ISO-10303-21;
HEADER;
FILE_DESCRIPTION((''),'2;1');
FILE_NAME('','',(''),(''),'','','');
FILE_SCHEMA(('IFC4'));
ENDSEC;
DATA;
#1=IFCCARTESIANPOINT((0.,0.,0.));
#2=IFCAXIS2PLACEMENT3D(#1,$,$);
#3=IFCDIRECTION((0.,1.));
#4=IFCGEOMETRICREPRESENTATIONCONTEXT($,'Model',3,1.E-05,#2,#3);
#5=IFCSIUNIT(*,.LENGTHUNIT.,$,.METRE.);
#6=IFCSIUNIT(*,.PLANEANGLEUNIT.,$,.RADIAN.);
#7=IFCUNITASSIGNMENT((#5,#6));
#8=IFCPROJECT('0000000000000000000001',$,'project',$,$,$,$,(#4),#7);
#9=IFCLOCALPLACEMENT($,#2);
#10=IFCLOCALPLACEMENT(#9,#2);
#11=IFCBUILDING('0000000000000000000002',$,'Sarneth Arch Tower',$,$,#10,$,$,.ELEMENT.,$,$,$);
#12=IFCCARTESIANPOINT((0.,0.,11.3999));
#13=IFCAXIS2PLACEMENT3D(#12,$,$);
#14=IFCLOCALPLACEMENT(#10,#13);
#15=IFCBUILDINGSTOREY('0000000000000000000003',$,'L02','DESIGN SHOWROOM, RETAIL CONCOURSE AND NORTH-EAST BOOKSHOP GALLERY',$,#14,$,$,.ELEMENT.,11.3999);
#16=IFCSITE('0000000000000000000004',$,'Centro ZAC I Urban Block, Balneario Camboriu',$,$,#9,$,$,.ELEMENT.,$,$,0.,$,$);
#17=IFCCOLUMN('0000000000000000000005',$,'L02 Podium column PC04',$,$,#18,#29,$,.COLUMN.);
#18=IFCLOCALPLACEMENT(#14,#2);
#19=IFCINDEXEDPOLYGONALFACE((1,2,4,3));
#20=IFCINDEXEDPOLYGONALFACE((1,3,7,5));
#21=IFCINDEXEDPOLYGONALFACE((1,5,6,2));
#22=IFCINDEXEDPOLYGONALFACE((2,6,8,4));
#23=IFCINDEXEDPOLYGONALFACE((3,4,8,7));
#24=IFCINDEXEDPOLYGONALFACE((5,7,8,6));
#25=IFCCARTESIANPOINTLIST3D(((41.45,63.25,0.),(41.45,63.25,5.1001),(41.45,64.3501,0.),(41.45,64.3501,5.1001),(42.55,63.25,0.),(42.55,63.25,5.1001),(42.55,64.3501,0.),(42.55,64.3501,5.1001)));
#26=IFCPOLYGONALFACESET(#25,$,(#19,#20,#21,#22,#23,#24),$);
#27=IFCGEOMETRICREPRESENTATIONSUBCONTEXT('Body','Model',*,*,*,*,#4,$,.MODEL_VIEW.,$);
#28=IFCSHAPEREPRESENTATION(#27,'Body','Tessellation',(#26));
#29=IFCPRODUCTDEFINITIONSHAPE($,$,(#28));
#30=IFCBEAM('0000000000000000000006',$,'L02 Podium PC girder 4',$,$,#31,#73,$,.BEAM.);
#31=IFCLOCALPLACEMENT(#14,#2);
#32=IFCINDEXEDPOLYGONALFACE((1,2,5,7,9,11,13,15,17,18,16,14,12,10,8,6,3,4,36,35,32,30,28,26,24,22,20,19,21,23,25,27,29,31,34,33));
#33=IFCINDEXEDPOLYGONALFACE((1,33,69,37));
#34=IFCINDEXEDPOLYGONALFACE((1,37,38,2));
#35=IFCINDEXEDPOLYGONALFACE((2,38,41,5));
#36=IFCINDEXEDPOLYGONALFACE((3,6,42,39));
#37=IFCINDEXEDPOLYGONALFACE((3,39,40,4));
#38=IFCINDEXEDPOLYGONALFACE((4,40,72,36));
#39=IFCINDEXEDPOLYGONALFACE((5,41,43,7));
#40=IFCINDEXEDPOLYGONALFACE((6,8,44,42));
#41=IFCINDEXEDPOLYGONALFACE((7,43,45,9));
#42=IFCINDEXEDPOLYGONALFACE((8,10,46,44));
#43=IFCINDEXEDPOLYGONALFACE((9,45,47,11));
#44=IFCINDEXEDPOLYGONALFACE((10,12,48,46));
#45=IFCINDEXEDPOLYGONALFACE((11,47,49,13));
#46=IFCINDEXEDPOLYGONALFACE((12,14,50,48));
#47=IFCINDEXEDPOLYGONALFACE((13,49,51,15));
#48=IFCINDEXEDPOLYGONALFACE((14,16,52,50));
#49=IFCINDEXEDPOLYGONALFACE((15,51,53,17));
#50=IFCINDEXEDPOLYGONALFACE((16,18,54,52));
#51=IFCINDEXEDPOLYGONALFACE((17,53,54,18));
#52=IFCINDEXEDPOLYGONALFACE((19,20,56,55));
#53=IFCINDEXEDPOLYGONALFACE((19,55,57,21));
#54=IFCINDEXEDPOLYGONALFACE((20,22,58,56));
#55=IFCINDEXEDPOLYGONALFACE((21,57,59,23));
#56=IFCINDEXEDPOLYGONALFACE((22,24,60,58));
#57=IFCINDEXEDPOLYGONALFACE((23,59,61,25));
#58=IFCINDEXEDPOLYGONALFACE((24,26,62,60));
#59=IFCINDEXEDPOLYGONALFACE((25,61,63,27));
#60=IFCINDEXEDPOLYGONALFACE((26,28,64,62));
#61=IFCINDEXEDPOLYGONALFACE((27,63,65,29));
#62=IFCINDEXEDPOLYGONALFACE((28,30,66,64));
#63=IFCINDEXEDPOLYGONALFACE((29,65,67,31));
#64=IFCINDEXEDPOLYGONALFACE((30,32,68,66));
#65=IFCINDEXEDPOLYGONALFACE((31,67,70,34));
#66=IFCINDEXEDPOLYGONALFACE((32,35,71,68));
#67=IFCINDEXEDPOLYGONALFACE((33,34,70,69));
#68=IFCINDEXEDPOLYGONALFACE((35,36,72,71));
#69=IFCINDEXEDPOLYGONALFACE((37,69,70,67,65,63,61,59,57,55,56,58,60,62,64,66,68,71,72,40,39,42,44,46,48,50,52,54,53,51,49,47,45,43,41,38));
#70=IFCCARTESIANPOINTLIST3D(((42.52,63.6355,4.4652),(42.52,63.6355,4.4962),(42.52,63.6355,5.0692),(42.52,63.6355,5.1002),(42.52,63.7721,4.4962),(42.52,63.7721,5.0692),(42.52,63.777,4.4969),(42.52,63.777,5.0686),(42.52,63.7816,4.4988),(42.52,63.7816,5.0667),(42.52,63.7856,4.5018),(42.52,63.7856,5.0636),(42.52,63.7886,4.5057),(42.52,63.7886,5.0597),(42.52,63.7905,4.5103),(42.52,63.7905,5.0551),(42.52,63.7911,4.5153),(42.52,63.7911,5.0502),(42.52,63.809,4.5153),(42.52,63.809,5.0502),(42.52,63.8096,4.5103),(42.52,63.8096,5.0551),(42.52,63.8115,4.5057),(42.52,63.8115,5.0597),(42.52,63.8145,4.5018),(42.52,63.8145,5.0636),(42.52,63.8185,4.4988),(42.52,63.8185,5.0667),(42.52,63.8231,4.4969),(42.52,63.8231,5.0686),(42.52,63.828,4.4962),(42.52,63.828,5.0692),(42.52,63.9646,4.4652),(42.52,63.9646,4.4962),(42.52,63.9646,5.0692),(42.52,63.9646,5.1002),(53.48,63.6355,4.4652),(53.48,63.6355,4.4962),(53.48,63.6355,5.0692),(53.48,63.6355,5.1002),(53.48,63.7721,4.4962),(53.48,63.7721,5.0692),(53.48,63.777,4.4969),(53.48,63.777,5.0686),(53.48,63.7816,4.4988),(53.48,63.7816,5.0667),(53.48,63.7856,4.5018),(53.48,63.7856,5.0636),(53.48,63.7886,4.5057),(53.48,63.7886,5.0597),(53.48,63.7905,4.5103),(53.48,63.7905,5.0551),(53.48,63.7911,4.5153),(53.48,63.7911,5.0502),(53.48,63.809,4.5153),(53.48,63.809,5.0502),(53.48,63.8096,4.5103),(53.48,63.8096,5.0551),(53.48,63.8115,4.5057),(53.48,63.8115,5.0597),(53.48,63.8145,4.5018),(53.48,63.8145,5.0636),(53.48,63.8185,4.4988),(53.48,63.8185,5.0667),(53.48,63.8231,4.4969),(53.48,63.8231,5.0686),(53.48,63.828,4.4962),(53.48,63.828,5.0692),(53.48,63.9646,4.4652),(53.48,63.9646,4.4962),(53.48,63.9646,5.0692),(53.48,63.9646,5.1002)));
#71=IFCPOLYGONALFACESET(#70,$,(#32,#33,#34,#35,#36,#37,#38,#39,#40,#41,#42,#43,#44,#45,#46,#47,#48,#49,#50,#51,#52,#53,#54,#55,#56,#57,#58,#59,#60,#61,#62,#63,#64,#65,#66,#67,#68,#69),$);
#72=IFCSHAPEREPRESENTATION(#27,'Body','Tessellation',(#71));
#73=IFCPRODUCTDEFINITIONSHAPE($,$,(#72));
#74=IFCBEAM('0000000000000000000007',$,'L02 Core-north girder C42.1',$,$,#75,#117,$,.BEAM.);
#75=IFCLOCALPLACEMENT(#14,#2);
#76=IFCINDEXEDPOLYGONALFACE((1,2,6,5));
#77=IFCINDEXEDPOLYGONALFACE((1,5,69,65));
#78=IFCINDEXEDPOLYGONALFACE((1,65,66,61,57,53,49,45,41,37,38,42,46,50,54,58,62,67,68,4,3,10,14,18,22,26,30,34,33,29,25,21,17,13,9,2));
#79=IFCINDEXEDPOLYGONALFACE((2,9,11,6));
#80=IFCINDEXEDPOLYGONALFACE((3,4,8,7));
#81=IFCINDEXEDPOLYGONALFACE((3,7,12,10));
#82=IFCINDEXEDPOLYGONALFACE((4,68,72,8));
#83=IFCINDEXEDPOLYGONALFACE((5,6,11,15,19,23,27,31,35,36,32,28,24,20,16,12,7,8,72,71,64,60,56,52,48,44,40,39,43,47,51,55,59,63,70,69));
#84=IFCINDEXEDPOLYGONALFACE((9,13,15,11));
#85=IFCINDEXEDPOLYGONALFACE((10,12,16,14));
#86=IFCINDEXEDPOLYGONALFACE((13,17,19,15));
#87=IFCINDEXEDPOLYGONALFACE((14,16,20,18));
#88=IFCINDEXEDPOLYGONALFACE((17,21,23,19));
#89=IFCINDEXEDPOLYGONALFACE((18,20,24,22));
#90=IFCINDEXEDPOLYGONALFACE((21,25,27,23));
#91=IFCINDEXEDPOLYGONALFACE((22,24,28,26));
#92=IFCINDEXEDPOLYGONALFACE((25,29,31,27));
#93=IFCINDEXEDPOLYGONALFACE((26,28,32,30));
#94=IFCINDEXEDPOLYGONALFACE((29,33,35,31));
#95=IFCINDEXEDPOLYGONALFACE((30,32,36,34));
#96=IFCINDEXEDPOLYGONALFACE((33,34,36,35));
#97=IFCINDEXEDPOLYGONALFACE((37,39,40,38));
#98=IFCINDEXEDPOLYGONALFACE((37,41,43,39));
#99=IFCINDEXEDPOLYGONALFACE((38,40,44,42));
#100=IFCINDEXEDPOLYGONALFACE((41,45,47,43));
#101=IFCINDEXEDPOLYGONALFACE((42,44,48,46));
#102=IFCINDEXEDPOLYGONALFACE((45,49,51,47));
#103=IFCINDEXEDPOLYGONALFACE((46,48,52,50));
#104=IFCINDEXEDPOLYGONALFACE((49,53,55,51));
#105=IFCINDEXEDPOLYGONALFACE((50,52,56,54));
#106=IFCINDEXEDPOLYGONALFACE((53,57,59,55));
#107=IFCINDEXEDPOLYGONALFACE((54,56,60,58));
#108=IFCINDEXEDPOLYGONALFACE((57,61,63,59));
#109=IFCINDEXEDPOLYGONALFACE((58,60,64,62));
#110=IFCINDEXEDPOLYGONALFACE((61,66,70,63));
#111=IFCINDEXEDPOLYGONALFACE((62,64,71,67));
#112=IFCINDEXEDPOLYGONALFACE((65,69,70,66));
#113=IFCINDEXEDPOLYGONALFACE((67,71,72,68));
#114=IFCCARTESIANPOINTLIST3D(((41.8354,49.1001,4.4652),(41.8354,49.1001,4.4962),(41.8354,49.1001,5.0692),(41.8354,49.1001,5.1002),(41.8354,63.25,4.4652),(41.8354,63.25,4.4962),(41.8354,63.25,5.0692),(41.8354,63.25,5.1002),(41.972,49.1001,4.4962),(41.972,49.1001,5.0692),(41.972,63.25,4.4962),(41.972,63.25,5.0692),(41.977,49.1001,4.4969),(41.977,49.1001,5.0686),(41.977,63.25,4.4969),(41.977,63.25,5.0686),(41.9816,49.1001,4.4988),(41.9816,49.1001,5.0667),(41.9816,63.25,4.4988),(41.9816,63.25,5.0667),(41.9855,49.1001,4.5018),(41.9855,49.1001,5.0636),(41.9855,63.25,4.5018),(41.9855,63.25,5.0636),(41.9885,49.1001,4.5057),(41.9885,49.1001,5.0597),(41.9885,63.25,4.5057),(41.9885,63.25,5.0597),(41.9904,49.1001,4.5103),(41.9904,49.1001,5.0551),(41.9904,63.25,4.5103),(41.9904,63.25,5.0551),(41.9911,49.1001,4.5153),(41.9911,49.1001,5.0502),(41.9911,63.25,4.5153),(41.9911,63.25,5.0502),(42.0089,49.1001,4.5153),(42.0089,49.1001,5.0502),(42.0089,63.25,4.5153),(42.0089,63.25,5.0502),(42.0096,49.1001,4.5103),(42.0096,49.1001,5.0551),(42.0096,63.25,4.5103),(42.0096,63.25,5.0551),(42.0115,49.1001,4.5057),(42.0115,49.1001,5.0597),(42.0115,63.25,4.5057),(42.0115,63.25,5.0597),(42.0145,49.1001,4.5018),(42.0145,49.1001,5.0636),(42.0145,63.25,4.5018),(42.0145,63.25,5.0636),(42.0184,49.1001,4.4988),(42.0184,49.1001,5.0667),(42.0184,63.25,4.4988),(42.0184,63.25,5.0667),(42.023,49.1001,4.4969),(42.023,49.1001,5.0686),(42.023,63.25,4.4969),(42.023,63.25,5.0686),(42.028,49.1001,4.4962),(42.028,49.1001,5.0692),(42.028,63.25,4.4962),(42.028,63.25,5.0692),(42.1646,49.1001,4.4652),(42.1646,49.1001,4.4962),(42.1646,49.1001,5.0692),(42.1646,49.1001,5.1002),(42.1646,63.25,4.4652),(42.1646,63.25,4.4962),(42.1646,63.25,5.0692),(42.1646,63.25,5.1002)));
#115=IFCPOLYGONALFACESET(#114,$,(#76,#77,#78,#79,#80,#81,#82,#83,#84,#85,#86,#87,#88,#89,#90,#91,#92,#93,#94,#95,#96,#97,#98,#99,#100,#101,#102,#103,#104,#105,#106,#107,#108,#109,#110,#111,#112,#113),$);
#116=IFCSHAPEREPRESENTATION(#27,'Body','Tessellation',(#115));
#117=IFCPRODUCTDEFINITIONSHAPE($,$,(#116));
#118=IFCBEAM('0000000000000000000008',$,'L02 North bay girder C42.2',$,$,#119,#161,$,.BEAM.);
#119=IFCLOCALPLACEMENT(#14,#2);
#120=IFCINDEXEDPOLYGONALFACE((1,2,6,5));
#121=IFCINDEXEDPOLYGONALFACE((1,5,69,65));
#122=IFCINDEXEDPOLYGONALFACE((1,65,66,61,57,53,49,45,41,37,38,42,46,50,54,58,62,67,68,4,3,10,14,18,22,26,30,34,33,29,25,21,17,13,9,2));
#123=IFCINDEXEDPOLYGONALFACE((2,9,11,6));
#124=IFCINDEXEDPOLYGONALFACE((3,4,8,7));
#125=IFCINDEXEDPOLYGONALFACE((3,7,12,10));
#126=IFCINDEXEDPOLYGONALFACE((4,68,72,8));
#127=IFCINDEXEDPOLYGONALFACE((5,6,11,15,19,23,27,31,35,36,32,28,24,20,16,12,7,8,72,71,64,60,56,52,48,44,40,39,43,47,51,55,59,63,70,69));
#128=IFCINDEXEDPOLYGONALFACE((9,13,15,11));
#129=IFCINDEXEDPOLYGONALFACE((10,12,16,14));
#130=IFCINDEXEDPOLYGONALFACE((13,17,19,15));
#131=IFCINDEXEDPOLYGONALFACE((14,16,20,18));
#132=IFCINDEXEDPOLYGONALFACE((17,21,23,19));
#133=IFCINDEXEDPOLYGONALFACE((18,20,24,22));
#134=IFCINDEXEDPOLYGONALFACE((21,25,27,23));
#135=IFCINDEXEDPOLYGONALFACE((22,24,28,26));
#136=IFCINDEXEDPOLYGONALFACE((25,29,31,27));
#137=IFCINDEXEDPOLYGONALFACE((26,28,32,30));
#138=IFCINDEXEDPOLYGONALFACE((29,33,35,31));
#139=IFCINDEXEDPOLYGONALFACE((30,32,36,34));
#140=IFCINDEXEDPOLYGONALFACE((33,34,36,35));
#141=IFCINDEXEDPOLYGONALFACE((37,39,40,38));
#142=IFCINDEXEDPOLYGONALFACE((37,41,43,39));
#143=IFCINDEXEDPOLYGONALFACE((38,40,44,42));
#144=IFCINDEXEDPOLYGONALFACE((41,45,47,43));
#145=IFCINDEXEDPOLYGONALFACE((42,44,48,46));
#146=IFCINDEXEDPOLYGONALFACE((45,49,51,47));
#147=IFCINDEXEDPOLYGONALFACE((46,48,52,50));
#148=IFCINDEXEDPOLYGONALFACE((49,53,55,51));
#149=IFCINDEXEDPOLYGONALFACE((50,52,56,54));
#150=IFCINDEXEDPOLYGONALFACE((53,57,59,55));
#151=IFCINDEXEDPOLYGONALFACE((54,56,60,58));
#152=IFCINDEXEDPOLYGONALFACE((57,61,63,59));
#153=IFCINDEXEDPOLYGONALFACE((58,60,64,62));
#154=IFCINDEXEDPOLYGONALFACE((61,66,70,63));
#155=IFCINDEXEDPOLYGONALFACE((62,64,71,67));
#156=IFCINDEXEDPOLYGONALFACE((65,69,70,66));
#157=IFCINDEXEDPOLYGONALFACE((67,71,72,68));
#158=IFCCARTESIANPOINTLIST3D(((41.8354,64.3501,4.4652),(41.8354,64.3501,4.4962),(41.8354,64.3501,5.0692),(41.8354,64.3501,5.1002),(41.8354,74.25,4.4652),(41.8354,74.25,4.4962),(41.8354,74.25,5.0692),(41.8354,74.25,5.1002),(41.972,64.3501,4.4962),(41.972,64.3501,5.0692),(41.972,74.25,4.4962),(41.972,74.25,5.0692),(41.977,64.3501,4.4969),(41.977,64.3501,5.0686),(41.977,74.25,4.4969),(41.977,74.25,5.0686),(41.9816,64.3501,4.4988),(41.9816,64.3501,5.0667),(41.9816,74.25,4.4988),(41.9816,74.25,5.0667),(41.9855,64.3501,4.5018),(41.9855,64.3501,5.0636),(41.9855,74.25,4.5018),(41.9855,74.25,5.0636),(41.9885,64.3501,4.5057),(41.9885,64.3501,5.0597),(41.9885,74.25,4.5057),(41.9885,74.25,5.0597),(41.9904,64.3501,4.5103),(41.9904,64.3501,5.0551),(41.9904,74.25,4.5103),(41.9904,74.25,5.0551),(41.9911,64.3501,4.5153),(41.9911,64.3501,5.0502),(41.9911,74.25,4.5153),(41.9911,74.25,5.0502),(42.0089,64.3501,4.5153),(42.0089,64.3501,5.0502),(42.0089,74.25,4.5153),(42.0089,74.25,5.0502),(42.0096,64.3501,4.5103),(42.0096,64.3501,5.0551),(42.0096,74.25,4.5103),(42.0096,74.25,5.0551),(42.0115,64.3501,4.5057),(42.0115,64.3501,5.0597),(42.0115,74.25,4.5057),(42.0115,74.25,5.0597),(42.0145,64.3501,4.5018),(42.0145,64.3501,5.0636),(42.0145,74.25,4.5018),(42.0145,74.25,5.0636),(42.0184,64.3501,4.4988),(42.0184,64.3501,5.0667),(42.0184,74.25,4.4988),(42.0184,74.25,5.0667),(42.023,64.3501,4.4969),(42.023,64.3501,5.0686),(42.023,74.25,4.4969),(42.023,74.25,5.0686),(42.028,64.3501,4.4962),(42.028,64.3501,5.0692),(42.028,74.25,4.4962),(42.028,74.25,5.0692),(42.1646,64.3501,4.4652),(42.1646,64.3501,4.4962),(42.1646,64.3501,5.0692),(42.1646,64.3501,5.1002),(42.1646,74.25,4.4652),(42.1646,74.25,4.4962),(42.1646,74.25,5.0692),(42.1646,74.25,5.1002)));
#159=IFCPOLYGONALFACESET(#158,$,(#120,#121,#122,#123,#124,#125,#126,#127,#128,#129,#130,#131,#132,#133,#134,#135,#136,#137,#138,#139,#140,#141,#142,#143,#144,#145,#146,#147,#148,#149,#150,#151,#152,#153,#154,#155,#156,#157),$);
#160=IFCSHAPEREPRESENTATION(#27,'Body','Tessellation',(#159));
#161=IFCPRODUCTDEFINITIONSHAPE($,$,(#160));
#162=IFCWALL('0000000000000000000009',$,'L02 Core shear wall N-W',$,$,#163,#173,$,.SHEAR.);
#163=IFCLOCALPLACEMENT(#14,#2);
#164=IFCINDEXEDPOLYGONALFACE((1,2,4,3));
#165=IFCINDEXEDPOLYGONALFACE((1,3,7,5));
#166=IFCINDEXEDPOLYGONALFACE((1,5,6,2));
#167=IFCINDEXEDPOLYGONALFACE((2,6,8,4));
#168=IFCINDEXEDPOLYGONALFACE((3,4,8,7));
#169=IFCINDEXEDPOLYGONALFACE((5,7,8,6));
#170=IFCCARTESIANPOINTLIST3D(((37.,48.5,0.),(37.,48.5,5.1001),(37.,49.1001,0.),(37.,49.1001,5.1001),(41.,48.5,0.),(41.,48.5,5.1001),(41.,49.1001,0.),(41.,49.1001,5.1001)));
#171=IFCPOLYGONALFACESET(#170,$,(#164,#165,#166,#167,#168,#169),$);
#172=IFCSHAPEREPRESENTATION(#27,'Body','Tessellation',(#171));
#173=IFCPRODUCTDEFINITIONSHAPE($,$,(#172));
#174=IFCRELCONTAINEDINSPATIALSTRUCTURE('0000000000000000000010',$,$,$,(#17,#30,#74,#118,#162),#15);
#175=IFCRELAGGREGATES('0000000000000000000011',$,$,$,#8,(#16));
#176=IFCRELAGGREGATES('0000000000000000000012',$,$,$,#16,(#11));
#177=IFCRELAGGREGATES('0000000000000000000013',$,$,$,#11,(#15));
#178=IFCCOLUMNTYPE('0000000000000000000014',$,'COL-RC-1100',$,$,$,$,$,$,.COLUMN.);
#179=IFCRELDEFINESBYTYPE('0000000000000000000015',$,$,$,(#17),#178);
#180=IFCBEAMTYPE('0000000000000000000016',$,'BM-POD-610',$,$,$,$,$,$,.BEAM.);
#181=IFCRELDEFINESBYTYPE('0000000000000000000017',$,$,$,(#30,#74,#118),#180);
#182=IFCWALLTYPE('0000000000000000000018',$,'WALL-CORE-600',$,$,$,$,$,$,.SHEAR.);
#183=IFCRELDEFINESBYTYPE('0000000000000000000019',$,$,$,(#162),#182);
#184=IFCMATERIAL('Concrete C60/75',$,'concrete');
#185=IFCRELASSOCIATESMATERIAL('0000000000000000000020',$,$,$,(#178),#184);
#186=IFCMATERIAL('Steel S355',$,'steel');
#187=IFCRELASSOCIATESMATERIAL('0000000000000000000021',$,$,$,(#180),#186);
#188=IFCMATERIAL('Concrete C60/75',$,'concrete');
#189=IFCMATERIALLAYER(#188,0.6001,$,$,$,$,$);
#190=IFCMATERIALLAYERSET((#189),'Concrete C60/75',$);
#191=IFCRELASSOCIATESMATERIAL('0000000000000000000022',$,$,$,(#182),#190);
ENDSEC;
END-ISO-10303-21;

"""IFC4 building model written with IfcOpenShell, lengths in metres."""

from ifc_helpers import new_model, si_unit, direction, frame, frame_2d, origin, origin_2d, place, context, subcontext, project, spatial, rectangle, i_section, extrude, material, layer, layer_set, material_profile, profile_set, type_object, element, save


model = new_model("IFC4")

# Units and contexts
model_context = context("Model", 3, precision=1e-05, world=origin(), true_north=direction((0.0, 1.0)))
body_context = subcontext(model_context, "Body", "Model", "MODEL_VIEW")
ifc_project = project(units=[si_unit("LENGTHUNIT", "METRE"), si_unit("PLANEANGLEUNIT", "RADIAN")], contexts=[model_context])

# Site, building, storey
site_placement = place(None, origin())
site = spatial("IfcSite", under=ifc_project, at=site_placement, Name="Centro ZAC I Urban Block, Balneario Camboriu", CompositionType="ELEMENT", RefElevation=0.0)
building_placement = place(site_placement, origin())
building = spatial("IfcBuilding", under=site, at=building_placement, Name="Sarneth Arch Tower", CompositionType="ELEMENT")
storey_placement = place(building_placement, frame((0.0, 0.0, 11.3999)))
storey = spatial("IfcBuildingStorey", under=building, at=storey_placement, Name="L02", Description="DESIGN SHOWROOM, RETAIL CONCOURSE AND NORTH-EAST BOOKSHOP GALLERY", CompositionType="ELEMENT", Elevation=11.3999)

# Column
ifc_material_1 = material(Name="Concrete C60/75", Category="concrete")
ifc_material_profile_1 = material_profile(ifc_material_1, rectangle(XDim=1.1001, YDim=1.1001, at=origin_2d()), Name="RC-1100x1100")
ifc_profile_set_1 = profile_set([ifc_material_profile_1], Name="Concrete C60/75")
column_type = type_object("IfcColumnType", Name="COL-RC-1100", PredefinedType="COLUMN", material=ifc_profile_set_1)
column_placement = place(storey_placement, frame((42.0, 63.8, 0.0), z_axis=(0.0, 0.0, 1.0), x_axis=(1.0, 0.0, 0.0)))
element("IfcColumn", 1, at=column_placement, inside=storey, type_object=column_type, Name="L02 Podium column PC04", PredefinedType="COLUMN", context=body_context, shape_type="SweptSolid", body=[
    extrude(rectangle(XDim=1.1001, YDim=1.1001, at=origin_2d()), origin(), (0.0, 0.0, 1.0), 5.1001),
])

# Beams
ifc_material_2 = material(Name="Steel S355", Category="steel")
ifc_material_profile_2 = material_profile(ifc_material_2, i_section(OverallWidth=0.3291, OverallDepth=0.635, WebThickness=0.0178, FlangeThickness=0.031, FilletRadius=0.019, at=origin_2d()), Name="W610x241")
ifc_profile_set_2 = profile_set([ifc_material_profile_2], Name="Steel S355")
beam_type = type_object("IfcBeamType", Name="BM-POD-610", PredefinedType="BEAM", material=ifc_profile_set_2)
beam_1_placement = place(storey_placement, frame((42.52, 63.8, 4.7827), z_axis=(1.0, 0.0, 0.0), x_axis=(0.0, 1.0, 0.0)))
element("IfcBeam", 2, at=beam_1_placement, inside=storey, type_object=beam_type, Name="L02 Podium PC girder 4", PredefinedType="BEAM", context=body_context, shape_type="SweptSolid", body=[
    extrude(i_section(OverallWidth=0.3291, OverallDepth=0.635, WebThickness=0.0178, FlangeThickness=0.031, FilletRadius=0.019, at=origin_2d()), origin(), (0.0, 0.0, 1.0), 10.96),
])
beam_2_placement = place(storey_placement, frame((42.0, 49.1001, 4.7827), z_axis=(0.0, 1.0, 0.0), x_axis=(-1.0, 0.0, 0.0)))
element("IfcBeam", 3, at=beam_2_placement, inside=storey, type_object=beam_type, Name="L02 Core-north girder C42.1", PredefinedType="BEAM", context=body_context, shape_type="SweptSolid", body=[
    extrude(i_section(OverallWidth=0.3291, OverallDepth=0.635, WebThickness=0.0178, FlangeThickness=0.031, FilletRadius=0.019, at=origin_2d()), origin(), (0.0, 0.0, 1.0), 14.1499),
])
beam_3_placement = place(storey_placement, frame((42.0, 64.3501, 4.7827), z_axis=(0.0, 1.0, 0.0), x_axis=(-1.0, 0.0, 0.0)))
element("IfcBeam", 4, at=beam_3_placement, inside=storey, type_object=beam_type, Name="L02 North bay girder C42.2", PredefinedType="BEAM", context=body_context, shape_type="SweptSolid", body=[
    extrude(i_section(OverallWidth=0.3291, OverallDepth=0.635, WebThickness=0.0178, FlangeThickness=0.031, FilletRadius=0.019, at=origin_2d()), origin(), (0.0, 0.0, 1.0), 9.8999),
])

# Wall
ifc_material_3 = material(Name="Concrete C60/75", Category="concrete")
ifc_layer_1 = layer(ifc_material_3, 0.6001)
ifc_layer_set_1 = layer_set([ifc_layer_1], Name="Concrete C60/75")
wall_type_1 = type_object("IfcWallType", Name="WALL-CORE-600", PredefinedType="SHEAR", material=ifc_layer_set_1)
wall_1_placement = place(storey_placement, frame((37.0, 48.8, 0.0), z_axis=(0.0, 0.0, 1.0), x_axis=(1.0, 0.0, 0.0)))
element("IfcWall", 5, at=wall_1_placement, inside=storey, type_object=wall_type_1, Name="L02 Core shear wall N-W", PredefinedType="SHEAR", context=body_context, shape_type="SweptSolid", body=[
    extrude(rectangle(XDim=4.0, YDim=0.6001, at=frame_2d((2.0, 0.0))), origin(), (0.0, 0.0, 1.0), 5.1001),
])

save(model, "model.ifc")
